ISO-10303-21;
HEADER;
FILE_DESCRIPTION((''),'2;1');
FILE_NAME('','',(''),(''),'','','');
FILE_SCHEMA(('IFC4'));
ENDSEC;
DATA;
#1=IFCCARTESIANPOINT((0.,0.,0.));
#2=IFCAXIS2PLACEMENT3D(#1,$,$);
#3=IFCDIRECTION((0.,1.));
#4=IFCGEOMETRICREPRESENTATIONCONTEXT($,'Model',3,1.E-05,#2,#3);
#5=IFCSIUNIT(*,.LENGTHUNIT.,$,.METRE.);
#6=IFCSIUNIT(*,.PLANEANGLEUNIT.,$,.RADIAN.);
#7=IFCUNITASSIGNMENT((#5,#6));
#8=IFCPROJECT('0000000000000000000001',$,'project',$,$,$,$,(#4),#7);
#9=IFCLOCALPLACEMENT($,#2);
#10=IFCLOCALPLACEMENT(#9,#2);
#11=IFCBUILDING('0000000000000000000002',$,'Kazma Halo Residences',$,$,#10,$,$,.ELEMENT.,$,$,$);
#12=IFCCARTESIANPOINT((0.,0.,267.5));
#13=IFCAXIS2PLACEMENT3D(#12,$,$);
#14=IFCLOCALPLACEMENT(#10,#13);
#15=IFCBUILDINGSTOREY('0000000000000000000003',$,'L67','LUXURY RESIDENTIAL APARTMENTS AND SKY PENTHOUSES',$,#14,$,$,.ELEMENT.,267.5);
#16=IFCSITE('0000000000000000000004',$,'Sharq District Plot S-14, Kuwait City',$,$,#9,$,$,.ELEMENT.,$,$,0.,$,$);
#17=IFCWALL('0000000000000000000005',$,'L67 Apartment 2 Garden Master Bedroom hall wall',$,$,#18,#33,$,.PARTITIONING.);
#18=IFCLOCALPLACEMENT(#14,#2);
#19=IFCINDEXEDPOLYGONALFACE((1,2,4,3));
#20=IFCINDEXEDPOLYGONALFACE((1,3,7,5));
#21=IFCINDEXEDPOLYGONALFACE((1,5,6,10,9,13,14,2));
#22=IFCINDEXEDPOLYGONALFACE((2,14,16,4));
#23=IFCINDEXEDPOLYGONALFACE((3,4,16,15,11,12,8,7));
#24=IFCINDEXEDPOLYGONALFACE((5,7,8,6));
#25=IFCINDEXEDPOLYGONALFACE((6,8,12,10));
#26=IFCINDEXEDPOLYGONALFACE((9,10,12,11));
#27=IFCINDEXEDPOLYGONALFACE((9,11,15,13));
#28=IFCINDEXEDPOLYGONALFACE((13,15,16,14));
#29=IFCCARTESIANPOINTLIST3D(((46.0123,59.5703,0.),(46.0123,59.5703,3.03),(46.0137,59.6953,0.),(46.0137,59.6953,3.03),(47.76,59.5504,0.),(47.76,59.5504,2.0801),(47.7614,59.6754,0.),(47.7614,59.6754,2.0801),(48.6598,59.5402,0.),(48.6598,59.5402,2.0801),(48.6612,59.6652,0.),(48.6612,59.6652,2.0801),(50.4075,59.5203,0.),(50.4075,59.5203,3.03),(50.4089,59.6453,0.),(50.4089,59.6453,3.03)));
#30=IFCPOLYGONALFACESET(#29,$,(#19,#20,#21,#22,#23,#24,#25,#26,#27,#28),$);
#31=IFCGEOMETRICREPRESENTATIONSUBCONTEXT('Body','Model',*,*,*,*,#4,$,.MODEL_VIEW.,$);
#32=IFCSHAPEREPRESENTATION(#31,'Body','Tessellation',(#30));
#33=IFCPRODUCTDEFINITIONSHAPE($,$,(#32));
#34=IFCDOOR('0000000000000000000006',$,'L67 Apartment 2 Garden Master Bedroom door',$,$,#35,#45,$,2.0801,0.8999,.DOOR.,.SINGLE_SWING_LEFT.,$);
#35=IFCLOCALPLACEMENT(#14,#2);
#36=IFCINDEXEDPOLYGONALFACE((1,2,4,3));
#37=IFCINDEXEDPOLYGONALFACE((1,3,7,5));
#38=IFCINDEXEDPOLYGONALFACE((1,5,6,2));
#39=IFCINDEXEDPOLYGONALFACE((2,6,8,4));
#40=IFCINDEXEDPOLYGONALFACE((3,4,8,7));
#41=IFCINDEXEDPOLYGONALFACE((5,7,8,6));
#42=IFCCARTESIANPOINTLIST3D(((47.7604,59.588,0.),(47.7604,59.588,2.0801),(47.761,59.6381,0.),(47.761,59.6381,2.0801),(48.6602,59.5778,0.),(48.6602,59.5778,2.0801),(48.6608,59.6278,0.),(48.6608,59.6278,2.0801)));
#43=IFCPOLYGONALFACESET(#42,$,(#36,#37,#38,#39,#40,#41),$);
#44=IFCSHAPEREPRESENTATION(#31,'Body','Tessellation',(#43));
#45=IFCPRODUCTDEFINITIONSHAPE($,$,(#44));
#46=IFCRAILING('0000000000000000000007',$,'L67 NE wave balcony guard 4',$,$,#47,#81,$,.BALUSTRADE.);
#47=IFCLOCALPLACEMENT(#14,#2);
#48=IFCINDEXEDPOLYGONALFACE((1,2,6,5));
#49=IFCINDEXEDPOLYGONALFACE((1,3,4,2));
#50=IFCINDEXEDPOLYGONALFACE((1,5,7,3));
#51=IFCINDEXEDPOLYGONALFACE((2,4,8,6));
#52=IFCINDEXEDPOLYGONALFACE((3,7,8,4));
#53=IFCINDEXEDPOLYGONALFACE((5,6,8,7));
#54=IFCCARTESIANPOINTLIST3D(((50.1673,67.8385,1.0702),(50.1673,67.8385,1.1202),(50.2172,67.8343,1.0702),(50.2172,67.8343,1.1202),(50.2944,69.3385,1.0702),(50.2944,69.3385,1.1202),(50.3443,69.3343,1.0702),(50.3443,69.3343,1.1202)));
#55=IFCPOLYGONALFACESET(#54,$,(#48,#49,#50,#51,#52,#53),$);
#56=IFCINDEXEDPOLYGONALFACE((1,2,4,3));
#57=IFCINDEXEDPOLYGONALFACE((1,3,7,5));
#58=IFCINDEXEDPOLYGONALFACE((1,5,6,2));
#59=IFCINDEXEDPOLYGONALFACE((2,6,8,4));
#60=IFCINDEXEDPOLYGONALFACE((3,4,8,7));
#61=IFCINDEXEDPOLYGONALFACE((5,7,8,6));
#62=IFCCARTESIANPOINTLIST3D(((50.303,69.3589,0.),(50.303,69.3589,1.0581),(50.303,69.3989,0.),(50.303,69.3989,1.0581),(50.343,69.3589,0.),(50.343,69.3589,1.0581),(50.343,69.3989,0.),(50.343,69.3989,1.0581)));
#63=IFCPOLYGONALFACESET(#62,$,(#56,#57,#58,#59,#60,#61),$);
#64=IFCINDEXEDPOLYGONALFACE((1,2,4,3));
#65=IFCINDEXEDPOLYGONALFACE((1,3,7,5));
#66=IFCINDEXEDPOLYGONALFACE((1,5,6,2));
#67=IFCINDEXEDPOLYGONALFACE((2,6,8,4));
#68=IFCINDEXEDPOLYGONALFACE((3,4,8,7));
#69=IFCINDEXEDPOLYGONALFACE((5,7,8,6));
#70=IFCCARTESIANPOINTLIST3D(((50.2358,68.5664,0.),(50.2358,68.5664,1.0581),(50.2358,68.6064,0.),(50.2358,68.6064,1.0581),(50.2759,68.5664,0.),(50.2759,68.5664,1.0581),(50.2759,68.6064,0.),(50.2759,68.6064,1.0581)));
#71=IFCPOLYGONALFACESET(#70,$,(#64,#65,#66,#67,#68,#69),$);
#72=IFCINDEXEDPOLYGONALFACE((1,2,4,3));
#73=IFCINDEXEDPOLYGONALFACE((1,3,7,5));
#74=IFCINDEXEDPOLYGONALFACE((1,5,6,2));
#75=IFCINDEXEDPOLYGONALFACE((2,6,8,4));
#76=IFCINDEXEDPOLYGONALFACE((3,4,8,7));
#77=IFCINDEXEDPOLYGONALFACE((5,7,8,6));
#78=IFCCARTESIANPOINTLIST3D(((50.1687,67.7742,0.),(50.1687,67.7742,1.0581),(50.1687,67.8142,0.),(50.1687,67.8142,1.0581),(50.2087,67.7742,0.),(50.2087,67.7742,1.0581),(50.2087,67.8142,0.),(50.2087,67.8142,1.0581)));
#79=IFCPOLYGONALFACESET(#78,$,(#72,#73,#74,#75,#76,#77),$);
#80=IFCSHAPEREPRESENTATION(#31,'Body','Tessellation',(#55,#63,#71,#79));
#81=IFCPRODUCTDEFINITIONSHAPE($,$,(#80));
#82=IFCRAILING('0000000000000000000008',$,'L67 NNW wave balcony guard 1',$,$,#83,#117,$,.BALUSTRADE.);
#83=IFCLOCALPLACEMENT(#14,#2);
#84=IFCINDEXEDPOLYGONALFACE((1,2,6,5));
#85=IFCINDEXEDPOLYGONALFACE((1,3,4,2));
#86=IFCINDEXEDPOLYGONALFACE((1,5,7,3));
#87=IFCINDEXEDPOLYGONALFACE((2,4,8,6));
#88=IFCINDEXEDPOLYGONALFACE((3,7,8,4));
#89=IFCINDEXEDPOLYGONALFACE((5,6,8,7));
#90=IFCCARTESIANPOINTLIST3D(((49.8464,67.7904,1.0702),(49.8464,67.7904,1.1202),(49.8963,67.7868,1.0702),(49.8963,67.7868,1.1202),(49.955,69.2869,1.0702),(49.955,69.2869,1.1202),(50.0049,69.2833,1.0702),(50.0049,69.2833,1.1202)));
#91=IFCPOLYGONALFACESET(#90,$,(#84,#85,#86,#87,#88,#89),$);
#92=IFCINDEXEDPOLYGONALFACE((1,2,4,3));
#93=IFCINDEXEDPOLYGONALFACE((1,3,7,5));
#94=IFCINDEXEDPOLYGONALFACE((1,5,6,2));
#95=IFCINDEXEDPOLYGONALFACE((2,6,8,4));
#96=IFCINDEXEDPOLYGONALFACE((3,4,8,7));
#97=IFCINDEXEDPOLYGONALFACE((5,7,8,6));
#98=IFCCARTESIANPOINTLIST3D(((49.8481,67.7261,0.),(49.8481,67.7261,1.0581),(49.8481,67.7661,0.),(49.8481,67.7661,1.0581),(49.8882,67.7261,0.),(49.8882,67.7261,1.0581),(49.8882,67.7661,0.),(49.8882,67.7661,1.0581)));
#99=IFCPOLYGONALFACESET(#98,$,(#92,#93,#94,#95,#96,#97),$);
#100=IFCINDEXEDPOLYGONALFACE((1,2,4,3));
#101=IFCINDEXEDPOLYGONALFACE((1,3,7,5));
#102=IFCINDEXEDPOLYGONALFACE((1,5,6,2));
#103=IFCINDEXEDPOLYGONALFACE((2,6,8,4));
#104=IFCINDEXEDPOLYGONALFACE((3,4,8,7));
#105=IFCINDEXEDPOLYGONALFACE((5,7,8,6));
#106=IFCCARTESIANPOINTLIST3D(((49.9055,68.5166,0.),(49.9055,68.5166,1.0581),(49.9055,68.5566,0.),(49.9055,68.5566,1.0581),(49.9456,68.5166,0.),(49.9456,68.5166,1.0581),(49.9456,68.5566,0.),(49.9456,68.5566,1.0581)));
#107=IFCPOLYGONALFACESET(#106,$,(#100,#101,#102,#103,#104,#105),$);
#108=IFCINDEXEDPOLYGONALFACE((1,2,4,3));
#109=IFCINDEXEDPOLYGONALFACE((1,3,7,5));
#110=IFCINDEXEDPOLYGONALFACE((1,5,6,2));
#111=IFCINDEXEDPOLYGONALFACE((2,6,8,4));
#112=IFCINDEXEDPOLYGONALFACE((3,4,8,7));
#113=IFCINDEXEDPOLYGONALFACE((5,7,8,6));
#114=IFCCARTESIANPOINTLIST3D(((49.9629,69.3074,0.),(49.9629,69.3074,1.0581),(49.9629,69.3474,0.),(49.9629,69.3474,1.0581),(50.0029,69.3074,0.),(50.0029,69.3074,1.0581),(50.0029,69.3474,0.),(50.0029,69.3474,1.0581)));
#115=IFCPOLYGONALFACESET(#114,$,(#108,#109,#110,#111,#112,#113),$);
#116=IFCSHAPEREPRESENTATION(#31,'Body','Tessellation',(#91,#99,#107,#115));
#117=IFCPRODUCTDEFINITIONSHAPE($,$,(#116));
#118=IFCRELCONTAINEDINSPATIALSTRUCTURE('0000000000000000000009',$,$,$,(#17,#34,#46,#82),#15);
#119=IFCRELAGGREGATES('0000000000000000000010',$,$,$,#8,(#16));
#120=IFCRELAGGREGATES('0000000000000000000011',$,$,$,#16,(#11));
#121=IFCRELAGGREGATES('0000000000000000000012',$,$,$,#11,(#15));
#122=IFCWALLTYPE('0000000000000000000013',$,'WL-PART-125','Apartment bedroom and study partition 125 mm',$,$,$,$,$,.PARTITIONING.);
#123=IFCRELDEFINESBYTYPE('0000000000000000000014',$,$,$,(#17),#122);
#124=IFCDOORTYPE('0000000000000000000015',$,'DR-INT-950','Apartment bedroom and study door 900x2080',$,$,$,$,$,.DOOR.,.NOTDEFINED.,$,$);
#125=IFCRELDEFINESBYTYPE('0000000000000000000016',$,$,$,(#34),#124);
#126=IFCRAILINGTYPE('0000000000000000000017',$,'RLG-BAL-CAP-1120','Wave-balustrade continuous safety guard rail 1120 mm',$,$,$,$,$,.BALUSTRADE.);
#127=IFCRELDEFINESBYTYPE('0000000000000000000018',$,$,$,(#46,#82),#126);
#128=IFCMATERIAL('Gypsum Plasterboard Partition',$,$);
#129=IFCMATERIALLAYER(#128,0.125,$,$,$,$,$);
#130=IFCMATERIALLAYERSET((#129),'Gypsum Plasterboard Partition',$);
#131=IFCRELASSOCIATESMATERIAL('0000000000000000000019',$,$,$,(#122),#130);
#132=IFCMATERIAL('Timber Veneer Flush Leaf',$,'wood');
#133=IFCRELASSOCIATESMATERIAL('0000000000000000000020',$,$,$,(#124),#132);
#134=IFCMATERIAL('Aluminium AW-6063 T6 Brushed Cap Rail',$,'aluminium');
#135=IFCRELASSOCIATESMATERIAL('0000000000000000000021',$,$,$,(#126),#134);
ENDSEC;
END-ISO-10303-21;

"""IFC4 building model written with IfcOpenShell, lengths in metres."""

from ifc_helpers import new_model, si_unit, direction, frame, frame_2d, origin, origin_2d, place, context, subcontext, project, spatial, rectangle, extrude, material, layer, layer_set, type_object, element, fill, save


model = new_model("IFC4")

# Units and contexts
model_context = context("Model", 3, precision=1e-05, world=origin(), true_north=direction((0.0, 1.0)))
body_context = subcontext(model_context, "Body", "Model", "MODEL_VIEW")
ifc_project = project(units=[si_unit("LENGTHUNIT", "METRE"), si_unit("PLANEANGLEUNIT", "RADIAN")], contexts=[model_context])

# Site, building, storey
site_placement = place(None, origin())
site = spatial("IfcSite", under=ifc_project, at=site_placement, Name="Sharq District Plot S-14, Kuwait City", CompositionType="ELEMENT", RefElevation=0.0)
building_placement = place(site_placement, origin())
building = spatial("IfcBuilding", under=site, at=building_placement, Name="Kazma Halo Residences", CompositionType="ELEMENT")
storey_placement = place(building_placement, frame((0.0, 0.0, 267.5)))
storey = spatial("IfcBuildingStorey", under=building, at=storey_placement, Name="L67", Description="LUXURY RESIDENTIAL APARTMENTS AND SKY PENTHOUSES", CompositionType="ELEMENT", Elevation=267.5)

# Shared definitions
ifc_material_1 = material(Name="Gypsum Plasterboard Partition")
ifc_layer_1 = layer(ifc_material_1, 0.125)
ifc_layer_set_1 = layer_set([ifc_layer_1], Name="Gypsum Plasterboard Partition")
wall_type_1 = type_object("IfcWallType", Name="WL-PART-125", Description="Apartment bedroom and study partition 125 mm", PredefinedType="PARTITIONING", material=ifc_layer_set_1)

# Wall, opening, door
wall_1_placement = place(storey_placement, frame((50.4082, 59.5828, 0.0), z_axis=(0.0, 0.0, 1.0), x_axis=(-0.999935, 0.011386, 0.0)))
wall_1 = element("IfcWall", 1, at=wall_1_placement, inside=storey, type_object=wall_type_1, Name="L67 Apartment 2 Garden Master Bedroom hall wall", PredefinedType="PARTITIONING", context=body_context, shape_type="SweptSolid", body=[
    extrude(rectangle(XDim=4.3955, YDim=0.125, at=frame_2d((2.1978, 0.0))), origin(), (0.0, 0.0, 1.0), 3.03),
])
opening_1_placement = place(wall_1_placement, frame((1.7478, 0.0, 0.0)))
opening_1 = element("IfcOpeningElement", 2, at=opening_1_placement, cuts=wall_1, PredefinedType="OPENING", context=body_context, shape_type="SweptSolid", body=[
    extrude(rectangle(XDim=0.8999, YDim=2.0801, at=frame_2d((0.45, 1.04))), frame((0.0, 0.0725, 0.0), z_axis=(0.0, -1.0, 0.0), x_axis=(1.0, 0.0, 0.0)), (0.0, 0.0, 1.0), 0.145),
])
ifc_material_2 = material(Name="Timber Veneer Flush Leaf", Category="wood")
door_type_1 = type_object("IfcDoorType", Name="DR-INT-950", Description="Apartment bedroom and study door 900x2080", OperationType="NOTDEFINED", PredefinedType="DOOR", material=ifc_material_2)
door_1_placement = place(opening_1_placement, origin())
door_1 = element("IfcDoor", 3, at=door_1_placement, inside=storey, type_object=door_type_1, Name="L67 Apartment 2 Garden Master Bedroom door", OperationType="SINGLE_SWING_LEFT", OverallHeight=2.0801, OverallWidth=0.8999, PredefinedType="DOOR", context=body_context, shape_type="SweptSolid", body=[
    extrude(rectangle(XDim=0.8999, YDim=2.0801, at=frame_2d((0.45, 1.04))), frame((0.0, 0.0249, 0.0), z_axis=(0.0, -1.0, 0.0), x_axis=(1.0, 0.0, 0.0)), (0.0, 0.0, 1.0), 0.05),
])
fill(opening_1, door_1)

# Railings
ifc_material_3 = material(Name="Aluminium AW-6063 T6 Brushed Cap Rail", Category="aluminium")
railing_type = type_object("IfcRailingType", Name="RLG-BAL-CAP-1120", Description="Wave-balustrade continuous safety guard rail 1120 mm", PredefinedType="BALUSTRADE", material=ifc_material_3)
railing_1_placement = place(storey_placement, frame((50.323, 69.3789, 0.0)))
element("IfcRailing", 4, at=railing_1_placement, inside=storey, type_object=railing_type, Name="L67 NE wave balcony guard 4", PredefinedType="BALUSTRADE", context=body_context, shape_type="SweptSolid", body=[
    extrude(rectangle(XDim=0.05, YDim=0.05, at=origin_2d()), frame((-0.0037, -0.0425, 1.0952), z_axis=(-0.08443, -0.996429, 0.0), x_axis=(0.996429, -0.08443, 0.0)), (0.0, 0.0, 1.0), 1.5054),
    extrude(rectangle(XDim=0.04, YDim=0.04, at=origin_2d()), origin(), (0.0, 0.0, 1.0), 1.0581),
    extrude(rectangle(XDim=0.04, YDim=0.04, at=origin_2d()), frame((-0.0671, -0.7925, 0.0)), (0.0, 0.0, 1.0), 1.0581),
    extrude(rectangle(XDim=0.04, YDim=0.04, at=origin_2d()), frame((-0.1343, -1.5847, 0.0)), (0.0, 0.0, 1.0), 1.0581),
])
railing_2_placement = place(storey_placement, frame((49.8682, 67.7461, 0.0)))
element("IfcRailing", 5, at=railing_2_placement, inside=storey, type_object=railing_type, Name="L67 NNW wave balcony guard 1", PredefinedType="BALUSTRADE", context=body_context, shape_type="SweptSolid", body=[
    extrude(rectangle(XDim=0.05, YDim=0.05, at=origin_2d()), frame((0.0032, 0.0425, 1.0952), z_axis=(0.072374, 0.997378, 0.0), x_axis=(-0.997378, 0.072374, 0.0)), (0.0, 0.0, 1.0), 1.5005),
    extrude(rectangle(XDim=0.04, YDim=0.04, at=origin_2d()), origin(), (0.0, 0.0, 1.0), 1.0581),
    extrude(rectangle(XDim=0.04, YDim=0.04, at=origin_2d()), frame((0.0574, 0.7905, 0.0)), (0.0, 0.0, 1.0), 1.0581),
    extrude(rectangle(XDim=0.04, YDim=0.04, at=origin_2d()), frame((0.1147, 1.5813, 0.0)), (0.0, 0.0, 1.0), 1.0581),
])

save(model, "model.ifc")
